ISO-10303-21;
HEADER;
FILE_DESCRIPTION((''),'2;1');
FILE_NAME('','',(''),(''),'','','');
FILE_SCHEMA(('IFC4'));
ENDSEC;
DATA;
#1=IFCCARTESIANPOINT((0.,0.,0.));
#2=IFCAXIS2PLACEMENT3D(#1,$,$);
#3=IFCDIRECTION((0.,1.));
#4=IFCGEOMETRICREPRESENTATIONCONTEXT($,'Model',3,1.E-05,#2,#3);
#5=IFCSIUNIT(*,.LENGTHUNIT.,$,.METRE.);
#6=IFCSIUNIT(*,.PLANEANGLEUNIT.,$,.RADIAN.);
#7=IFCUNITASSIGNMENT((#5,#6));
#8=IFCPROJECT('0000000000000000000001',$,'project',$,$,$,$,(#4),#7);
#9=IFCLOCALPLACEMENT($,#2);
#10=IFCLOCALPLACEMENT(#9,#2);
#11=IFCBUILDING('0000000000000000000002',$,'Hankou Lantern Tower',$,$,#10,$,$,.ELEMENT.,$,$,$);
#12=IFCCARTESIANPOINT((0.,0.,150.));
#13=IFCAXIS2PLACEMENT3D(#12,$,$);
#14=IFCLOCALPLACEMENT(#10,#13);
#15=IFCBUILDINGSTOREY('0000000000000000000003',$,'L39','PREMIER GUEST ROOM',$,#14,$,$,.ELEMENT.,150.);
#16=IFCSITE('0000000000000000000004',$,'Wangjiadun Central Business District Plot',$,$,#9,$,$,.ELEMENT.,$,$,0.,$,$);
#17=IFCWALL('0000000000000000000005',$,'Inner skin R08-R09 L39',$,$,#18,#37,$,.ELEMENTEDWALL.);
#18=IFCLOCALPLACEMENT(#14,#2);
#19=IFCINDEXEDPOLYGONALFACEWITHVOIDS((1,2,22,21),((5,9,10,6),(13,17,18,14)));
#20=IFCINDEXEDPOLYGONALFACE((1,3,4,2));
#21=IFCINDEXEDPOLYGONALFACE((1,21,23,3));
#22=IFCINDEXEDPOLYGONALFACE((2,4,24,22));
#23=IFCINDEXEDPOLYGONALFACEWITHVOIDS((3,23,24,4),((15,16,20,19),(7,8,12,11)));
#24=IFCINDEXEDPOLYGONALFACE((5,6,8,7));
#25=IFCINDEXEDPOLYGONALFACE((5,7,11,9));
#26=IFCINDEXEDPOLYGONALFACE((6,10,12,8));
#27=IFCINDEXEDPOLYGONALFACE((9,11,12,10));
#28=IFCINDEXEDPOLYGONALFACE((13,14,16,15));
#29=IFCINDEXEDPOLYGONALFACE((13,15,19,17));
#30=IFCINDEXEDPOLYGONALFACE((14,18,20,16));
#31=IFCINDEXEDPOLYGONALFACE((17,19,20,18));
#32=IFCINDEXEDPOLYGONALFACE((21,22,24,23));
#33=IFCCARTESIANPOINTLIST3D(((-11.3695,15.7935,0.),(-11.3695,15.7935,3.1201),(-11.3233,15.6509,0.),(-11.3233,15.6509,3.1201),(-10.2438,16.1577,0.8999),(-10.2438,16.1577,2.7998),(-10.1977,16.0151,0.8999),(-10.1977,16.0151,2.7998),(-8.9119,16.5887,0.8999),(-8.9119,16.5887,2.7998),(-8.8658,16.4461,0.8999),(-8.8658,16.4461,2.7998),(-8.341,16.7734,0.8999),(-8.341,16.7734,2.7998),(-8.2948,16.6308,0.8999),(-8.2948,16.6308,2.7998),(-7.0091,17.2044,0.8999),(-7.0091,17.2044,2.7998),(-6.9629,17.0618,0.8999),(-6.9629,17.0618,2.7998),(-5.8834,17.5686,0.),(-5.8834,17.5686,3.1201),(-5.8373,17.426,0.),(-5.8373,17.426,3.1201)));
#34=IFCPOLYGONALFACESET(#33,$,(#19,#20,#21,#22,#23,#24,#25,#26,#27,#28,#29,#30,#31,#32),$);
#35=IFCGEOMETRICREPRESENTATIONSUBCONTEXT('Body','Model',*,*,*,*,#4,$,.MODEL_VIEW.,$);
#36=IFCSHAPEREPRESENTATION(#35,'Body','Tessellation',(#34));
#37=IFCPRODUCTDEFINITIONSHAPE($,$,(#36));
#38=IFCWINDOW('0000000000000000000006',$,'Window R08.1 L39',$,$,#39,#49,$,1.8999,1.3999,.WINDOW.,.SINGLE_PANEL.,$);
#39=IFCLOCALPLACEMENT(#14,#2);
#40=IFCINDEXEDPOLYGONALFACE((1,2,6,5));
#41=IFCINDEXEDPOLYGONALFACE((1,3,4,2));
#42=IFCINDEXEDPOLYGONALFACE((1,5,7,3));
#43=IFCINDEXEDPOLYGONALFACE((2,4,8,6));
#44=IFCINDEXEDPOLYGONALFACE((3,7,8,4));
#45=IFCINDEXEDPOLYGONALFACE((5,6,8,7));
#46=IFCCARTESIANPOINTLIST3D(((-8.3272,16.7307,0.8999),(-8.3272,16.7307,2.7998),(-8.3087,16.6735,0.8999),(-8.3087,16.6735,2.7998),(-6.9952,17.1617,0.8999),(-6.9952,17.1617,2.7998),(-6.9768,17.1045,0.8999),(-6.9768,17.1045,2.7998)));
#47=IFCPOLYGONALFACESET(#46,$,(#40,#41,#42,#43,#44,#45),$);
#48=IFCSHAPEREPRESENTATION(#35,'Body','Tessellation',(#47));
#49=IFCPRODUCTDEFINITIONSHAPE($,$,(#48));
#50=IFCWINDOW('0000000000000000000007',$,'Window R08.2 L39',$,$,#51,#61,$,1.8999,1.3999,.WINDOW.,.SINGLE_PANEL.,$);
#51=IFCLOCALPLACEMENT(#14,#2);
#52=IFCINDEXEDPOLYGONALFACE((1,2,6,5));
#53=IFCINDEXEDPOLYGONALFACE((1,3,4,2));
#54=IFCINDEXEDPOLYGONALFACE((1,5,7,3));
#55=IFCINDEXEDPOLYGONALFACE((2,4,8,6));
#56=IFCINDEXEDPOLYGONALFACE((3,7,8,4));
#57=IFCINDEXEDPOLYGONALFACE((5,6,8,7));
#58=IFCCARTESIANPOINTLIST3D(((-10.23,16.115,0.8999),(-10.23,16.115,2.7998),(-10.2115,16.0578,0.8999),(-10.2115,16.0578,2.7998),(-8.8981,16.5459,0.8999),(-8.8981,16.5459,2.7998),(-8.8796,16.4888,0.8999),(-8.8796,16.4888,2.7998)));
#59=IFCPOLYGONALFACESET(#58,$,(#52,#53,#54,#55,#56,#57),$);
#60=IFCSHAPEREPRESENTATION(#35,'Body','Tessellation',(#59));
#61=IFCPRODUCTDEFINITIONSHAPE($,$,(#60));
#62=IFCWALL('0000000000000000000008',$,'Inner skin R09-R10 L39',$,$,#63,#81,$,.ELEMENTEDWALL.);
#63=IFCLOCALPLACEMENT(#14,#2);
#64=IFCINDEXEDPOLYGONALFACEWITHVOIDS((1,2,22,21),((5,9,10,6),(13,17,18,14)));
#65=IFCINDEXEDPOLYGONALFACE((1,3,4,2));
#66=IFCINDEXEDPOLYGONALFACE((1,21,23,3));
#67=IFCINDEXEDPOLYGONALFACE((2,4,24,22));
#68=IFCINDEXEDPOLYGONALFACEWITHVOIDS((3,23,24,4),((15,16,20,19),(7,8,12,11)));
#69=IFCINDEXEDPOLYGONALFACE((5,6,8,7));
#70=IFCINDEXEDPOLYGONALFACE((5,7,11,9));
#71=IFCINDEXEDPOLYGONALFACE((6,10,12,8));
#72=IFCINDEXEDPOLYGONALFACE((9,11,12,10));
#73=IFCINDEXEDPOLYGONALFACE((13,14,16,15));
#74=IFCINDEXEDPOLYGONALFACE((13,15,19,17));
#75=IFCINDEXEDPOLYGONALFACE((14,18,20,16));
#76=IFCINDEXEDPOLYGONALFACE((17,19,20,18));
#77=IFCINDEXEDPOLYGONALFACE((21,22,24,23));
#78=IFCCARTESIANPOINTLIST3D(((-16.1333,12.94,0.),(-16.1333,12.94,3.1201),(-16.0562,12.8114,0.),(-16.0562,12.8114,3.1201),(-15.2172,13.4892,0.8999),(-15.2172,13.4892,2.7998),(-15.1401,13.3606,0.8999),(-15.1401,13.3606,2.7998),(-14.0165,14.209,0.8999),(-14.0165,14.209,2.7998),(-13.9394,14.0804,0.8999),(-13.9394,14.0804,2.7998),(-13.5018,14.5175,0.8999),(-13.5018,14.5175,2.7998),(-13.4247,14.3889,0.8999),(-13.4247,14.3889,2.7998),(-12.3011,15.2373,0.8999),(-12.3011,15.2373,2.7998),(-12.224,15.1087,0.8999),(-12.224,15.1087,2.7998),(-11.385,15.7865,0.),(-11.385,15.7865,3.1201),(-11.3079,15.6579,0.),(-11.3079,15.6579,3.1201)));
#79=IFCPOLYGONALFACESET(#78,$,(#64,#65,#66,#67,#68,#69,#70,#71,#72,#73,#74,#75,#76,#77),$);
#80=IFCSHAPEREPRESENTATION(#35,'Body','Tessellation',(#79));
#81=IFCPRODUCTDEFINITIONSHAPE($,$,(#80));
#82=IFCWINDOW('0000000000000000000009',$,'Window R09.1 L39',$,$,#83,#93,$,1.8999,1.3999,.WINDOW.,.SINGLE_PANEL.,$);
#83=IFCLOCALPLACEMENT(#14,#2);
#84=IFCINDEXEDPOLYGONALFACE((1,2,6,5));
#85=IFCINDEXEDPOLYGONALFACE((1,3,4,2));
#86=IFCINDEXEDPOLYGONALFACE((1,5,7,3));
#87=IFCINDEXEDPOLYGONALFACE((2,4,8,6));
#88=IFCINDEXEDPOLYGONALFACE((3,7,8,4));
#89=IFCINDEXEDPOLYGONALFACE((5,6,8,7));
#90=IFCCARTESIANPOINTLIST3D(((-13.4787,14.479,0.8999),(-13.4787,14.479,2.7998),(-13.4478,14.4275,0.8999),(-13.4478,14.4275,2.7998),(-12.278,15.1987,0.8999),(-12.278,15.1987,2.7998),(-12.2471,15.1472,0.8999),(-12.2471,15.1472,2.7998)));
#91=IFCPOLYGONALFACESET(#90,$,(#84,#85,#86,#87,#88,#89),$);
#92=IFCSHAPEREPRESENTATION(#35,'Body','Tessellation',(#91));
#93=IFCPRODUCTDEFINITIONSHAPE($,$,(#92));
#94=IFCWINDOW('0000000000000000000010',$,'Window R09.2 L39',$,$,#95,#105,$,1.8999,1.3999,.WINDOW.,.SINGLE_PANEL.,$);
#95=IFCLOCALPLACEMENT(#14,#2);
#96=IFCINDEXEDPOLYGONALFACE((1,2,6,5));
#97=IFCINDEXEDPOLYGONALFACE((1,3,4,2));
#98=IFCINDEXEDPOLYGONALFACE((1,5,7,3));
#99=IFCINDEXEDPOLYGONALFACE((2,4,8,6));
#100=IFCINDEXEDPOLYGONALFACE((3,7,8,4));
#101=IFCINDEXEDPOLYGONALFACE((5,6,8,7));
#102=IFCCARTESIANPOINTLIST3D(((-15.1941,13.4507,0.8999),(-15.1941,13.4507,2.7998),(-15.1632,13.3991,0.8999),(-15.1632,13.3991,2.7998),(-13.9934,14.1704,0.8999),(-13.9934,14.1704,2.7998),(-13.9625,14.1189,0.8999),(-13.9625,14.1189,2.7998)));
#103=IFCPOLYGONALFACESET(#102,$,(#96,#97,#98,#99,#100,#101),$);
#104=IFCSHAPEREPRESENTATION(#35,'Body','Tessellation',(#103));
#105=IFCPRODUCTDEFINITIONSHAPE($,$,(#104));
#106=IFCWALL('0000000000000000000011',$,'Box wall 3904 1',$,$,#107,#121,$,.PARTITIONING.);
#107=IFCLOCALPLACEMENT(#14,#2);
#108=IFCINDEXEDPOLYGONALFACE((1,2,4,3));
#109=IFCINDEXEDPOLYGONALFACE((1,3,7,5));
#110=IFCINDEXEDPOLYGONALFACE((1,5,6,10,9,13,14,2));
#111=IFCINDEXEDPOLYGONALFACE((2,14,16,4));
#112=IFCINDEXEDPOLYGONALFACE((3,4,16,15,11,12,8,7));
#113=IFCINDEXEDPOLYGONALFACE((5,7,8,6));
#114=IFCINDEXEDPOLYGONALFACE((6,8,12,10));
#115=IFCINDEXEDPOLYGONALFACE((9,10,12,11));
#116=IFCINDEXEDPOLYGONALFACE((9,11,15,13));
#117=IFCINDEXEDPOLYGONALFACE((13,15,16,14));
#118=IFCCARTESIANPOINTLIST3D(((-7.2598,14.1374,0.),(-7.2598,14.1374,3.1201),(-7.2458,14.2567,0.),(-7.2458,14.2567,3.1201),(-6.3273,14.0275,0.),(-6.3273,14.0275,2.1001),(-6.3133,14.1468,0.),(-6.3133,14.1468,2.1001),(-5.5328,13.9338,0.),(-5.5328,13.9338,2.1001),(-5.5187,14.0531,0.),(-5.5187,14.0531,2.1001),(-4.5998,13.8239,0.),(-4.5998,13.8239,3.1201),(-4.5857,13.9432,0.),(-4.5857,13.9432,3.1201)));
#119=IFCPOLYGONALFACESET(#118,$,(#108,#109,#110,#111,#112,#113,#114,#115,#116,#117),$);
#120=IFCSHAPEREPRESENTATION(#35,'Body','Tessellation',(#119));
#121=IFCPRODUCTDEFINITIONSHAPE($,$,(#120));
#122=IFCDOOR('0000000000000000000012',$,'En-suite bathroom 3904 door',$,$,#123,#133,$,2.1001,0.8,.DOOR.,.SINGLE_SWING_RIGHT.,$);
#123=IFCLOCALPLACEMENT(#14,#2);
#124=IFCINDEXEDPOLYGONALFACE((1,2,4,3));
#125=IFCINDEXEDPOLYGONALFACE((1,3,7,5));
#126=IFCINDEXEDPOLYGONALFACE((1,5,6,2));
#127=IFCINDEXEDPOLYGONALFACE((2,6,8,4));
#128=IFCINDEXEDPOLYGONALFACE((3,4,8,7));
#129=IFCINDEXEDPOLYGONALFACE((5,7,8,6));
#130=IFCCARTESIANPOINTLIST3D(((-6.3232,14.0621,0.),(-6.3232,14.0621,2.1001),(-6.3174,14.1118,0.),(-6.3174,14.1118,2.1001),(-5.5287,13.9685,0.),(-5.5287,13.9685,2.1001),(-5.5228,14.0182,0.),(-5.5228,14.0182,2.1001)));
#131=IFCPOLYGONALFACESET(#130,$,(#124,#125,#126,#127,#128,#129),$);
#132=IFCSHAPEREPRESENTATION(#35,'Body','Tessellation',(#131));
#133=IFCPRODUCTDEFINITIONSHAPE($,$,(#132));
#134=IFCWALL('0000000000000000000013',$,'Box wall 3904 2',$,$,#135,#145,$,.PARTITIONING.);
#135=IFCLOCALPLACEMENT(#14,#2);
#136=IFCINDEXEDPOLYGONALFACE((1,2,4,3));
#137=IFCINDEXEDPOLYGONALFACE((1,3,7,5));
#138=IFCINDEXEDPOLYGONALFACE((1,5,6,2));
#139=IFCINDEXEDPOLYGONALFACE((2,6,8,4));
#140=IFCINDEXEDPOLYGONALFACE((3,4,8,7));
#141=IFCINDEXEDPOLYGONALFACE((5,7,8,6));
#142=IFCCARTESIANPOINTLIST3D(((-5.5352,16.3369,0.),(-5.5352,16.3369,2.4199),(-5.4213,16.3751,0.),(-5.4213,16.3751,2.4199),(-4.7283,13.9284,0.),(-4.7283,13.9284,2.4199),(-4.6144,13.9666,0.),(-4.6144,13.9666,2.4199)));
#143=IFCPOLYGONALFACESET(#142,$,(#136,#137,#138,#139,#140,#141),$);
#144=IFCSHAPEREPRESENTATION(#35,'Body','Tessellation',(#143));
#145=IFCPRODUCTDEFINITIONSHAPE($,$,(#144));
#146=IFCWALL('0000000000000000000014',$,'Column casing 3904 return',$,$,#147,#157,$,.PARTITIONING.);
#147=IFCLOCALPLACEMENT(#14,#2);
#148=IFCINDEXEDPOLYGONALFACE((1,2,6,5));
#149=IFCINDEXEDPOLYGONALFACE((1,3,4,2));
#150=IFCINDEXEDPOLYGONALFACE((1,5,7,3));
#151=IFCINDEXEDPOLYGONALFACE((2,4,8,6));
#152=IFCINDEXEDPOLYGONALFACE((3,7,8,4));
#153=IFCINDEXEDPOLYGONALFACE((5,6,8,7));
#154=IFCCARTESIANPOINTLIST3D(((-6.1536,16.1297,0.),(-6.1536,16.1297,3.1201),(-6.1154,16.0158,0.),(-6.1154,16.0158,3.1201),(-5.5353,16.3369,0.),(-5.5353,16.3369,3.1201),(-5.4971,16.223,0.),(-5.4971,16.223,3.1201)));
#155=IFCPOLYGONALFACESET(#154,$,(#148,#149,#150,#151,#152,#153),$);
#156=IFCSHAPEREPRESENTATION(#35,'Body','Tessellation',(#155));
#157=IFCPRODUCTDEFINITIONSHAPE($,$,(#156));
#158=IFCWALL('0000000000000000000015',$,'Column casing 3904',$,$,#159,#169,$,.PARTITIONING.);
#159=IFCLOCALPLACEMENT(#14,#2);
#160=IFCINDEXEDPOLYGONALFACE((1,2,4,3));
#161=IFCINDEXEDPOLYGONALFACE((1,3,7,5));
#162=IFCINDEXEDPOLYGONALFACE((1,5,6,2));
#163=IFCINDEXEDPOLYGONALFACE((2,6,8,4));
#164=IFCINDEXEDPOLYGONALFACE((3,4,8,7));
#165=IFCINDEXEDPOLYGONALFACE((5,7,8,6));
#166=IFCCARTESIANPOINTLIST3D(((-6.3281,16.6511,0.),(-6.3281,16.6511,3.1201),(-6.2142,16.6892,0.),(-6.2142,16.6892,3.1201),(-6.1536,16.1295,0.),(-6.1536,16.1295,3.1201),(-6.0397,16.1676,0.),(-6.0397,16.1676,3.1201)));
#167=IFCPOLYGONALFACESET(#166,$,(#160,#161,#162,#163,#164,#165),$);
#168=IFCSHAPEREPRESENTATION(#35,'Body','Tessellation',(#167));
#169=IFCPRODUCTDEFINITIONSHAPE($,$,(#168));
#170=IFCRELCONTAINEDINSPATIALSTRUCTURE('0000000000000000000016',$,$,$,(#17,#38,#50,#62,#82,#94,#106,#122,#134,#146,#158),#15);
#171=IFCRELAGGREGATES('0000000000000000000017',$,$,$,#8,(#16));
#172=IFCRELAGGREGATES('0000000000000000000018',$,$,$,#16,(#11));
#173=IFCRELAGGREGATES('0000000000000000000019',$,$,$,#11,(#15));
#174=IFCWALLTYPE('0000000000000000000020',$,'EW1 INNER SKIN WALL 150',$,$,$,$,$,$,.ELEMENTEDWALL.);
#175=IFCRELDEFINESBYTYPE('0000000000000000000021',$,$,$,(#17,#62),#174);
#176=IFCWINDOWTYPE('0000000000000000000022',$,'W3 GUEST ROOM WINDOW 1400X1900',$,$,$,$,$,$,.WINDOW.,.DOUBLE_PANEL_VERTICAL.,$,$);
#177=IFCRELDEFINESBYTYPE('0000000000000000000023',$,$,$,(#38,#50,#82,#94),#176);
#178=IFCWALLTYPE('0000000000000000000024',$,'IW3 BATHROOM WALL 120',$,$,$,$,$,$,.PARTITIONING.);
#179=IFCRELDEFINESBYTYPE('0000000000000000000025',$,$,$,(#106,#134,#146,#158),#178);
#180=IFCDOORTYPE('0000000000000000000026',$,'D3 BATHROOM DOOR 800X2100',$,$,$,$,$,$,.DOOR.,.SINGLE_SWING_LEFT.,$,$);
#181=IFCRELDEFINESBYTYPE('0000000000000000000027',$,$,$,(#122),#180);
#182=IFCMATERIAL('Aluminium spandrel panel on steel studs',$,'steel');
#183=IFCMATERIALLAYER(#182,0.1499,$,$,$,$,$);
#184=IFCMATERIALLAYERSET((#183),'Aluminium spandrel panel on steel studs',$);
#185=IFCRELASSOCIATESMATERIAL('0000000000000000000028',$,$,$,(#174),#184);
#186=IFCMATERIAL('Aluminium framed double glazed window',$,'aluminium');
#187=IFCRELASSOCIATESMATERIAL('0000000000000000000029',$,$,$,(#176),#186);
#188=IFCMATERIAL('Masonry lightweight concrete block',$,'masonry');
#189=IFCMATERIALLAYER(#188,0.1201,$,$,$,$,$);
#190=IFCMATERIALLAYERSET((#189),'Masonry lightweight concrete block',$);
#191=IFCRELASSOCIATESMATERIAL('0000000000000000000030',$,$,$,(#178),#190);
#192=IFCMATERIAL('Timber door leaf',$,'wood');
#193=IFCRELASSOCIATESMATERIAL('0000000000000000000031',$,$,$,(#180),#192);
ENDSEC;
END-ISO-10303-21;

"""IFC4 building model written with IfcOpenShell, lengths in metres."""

from ifc_helpers import new_model, si_unit, direction, frame, frame_2d, origin, place, context, subcontext, project, spatial, rectangle, extrude, material, layer, layer_set, type_object, element, fill, save


model = new_model("IFC4")

# Units and contexts
model_context = context("Model", 3, precision=1e-05, world=origin(), true_north=direction((0.0, 1.0)))
body_context = subcontext(model_context, "Body", "Model", "MODEL_VIEW")
ifc_project = project(units=[si_unit("LENGTHUNIT", "METRE"), si_unit("PLANEANGLEUNIT", "RADIAN")], contexts=[model_context])

# Site, building, storey
site_placement = place(None, origin())
site = spatial("IfcSite", under=ifc_project, at=site_placement, Name="Wangjiadun Central Business District Plot", CompositionType="ELEMENT", RefElevation=0.0)
building_placement = place(site_placement, origin())
building = spatial("IfcBuilding", under=site, at=building_placement, Name="Hankou Lantern Tower", CompositionType="ELEMENT")
storey_placement = place(building_placement, frame((0.0, 0.0, 150.0)))
storey = spatial("IfcBuildingStorey", under=building, at=storey_placement, Name="L39", Description="PREMIER GUEST ROOM", CompositionType="ELEMENT", Elevation=150.0)

# Walls, openings, windows
ifc_material_1 = material(Name="Aluminium spandrel panel on steel studs", Category="steel")
ifc_layer_1 = layer(ifc_material_1, 0.1499)
ifc_layer_set_1 = layer_set([ifc_layer_1], Name="Aluminium spandrel panel on steel studs")
wall_type_1 = type_object("IfcWallType", Name="EW1 INNER SKIN WALL 150", PredefinedType="ELEMENTEDWALL", material=ifc_layer_set_1)
wall_1_placement = place(storey_placement, frame((-5.8604, 17.4973, 0.0), z_axis=(0.0, 0.0, 1.0), x_axis=(-0.951432, -0.307857, 0.0)))
wall_1 = element("IfcWall", 1, at=wall_1_placement, inside=storey, type_object=wall_type_1, Name="Inner skin R08-R09 L39", PredefinedType="ELEMENTEDWALL", context=body_context, shape_type="SweptSolid", body=[
    extrude(rectangle(XDim=5.7661, YDim=0.1499, at=frame_2d((2.8831, 0.0))), origin(), (0.0, 0.0, 1.0), 3.1201),
])
opening_1_placement = place(wall_1_placement, frame((1.1831, 0.0, 0.8999)))
opening_1 = element("IfcOpeningElement", 2, at=opening_1_placement, cuts=wall_1, PredefinedType="OPENING", context=body_context, shape_type="SweptSolid", body=[
    extrude(rectangle(XDim=1.3999, YDim=1.8999, at=frame_2d((0.7, 0.95))), frame((0.0, 0.085, 0.0), z_axis=(0.0, -1.0, 0.0), x_axis=(1.0, 0.0, 0.0)), (0.0, 0.0, 1.0), 0.1699),
])
opening_2_placement = place(wall_1_placement, frame((3.1831, 0.0, 0.8999)))
opening_2 = element("IfcOpeningElement", 3, at=opening_2_placement, cuts=wall_1, PredefinedType="OPENING", context=body_context, shape_type="SweptSolid", body=[
    extrude(rectangle(XDim=1.3999, YDim=1.8999, at=frame_2d((0.7, 0.95))), frame((0.0, 0.085, 0.0), z_axis=(0.0, -1.0, 0.0), x_axis=(1.0, 0.0, 0.0)), (0.0, 0.0, 1.0), 0.1699),
])
ifc_material_2 = material(Name="Aluminium framed double glazed window", Category="aluminium")
window_type = type_object("IfcWindowType", Name="W3 GUEST ROOM WINDOW 1400X1900", PartitioningType="DOUBLE_PANEL_VERTICAL", PredefinedType="WINDOW", material=ifc_material_2)
window_1_placement = place(opening_1_placement, origin())
window_1 = element("IfcWindow", 4, at=window_1_placement, inside=storey, type_object=window_type, Name="Window R08.1 L39", OverallHeight=1.8999, OverallWidth=1.3999, PartitioningType="SINGLE_PANEL", PredefinedType="WINDOW", context=body_context, shape_type="SweptSolid", body=[
    extrude(rectangle(XDim=1.3999, YDim=1.8999, at=frame_2d((0.7, 0.95))), frame((0.0, 0.03, 0.0), z_axis=(0.0, -1.0, 0.0), x_axis=(1.0, 0.0, 0.0)), (0.0, 0.0, 1.0), 0.0601),
])
fill(opening_1, window_1)
window_2_placement = place(opening_2_placement, origin())
window_2 = element("IfcWindow", 5, at=window_2_placement, inside=storey, type_object=window_type, Name="Window R08.2 L39", OverallHeight=1.8999, OverallWidth=1.3999, PartitioningType="SINGLE_PANEL", PredefinedType="WINDOW", context=body_context, shape_type="SweptSolid", body=[
    extrude(rectangle(XDim=1.3999, YDim=1.8999, at=frame_2d((0.7, 0.95))), frame((0.0, 0.03, 0.0), z_axis=(0.0, -1.0, 0.0), x_axis=(1.0, 0.0, 0.0)), (0.0, 0.0, 1.0), 0.0601),
])
fill(opening_2, window_2)
wall_2_placement = place(storey_placement, frame((-11.3464, 15.7222, 0.0), z_axis=(0.0, 0.0, 1.0), x_axis=(-0.857695, -0.514158, 0.0)))
wall_2 = element("IfcWall", 6, at=wall_2_placement, inside=storey, type_object=wall_type_1, Name="Inner skin R09-R10 L39", PredefinedType="ELEMENTEDWALL", context=body_context, shape_type="SweptSolid", body=[
    extrude(rectangle(XDim=5.5361, YDim=0.1499, at=frame_2d((2.7681, 0.0))), origin(), (0.0, 0.0, 1.0), 3.1201),
])
opening_3_placement = place(wall_2_placement, frame((1.0681, 0.0, 0.8999)))
opening_3 = element("IfcOpeningElement", 7, at=opening_3_placement, cuts=wall_2, PredefinedType="OPENING", context=body_context, shape_type="SweptSolid", body=[
    extrude(rectangle(XDim=1.3999, YDim=1.8999, at=frame_2d((0.7, 0.95))), frame((0.0, 0.085, 0.0), z_axis=(0.0, -1.0, 0.0), x_axis=(1.0, 0.0, 0.0)), (0.0, 0.0, 1.0), 0.1699),
])
opening_4_placement = place(wall_2_placement, frame((3.0681, 0.0, 0.8999)))
opening_4 = element("IfcOpeningElement", 8, at=opening_4_placement, cuts=wall_2, PredefinedType="OPENING", context=body_context, shape_type="SweptSolid", body=[
    extrude(rectangle(XDim=1.3999, YDim=1.8999, at=frame_2d((0.7, 0.95))), frame((0.0, 0.085, 0.0), z_axis=(0.0, -1.0, 0.0), x_axis=(1.0, 0.0, 0.0)), (0.0, 0.0, 1.0), 0.1699),
])
window_3_placement = place(opening_3_placement, origin())
window_3 = element("IfcWindow", 9, at=window_3_placement, inside=storey, type_object=window_type, Name="Window R09.1 L39", OverallHeight=1.8999, OverallWidth=1.3999, PartitioningType="SINGLE_PANEL", PredefinedType="WINDOW", context=body_context, shape_type="SweptSolid", body=[
    extrude(rectangle(XDim=1.3999, YDim=1.8999, at=frame_2d((0.7, 0.95))), frame((0.0, 0.03, 0.0), z_axis=(0.0, -1.0, 0.0), x_axis=(1.0, 0.0, 0.0)), (0.0, 0.0, 1.0), 0.0601),
])
fill(opening_3, window_3)
window_4_placement = place(opening_4_placement, origin())
window_4 = element("IfcWindow", 10, at=window_4_placement, inside=storey, type_object=window_type, Name="Window R09.2 L39", OverallHeight=1.8999, OverallWidth=1.3999, PartitioningType="SINGLE_PANEL", PredefinedType="WINDOW", context=body_context, shape_type="SweptSolid", body=[
    extrude(rectangle(XDim=1.3999, YDim=1.8999, at=frame_2d((0.7, 0.95))), frame((0.0, 0.03, 0.0), z_axis=(0.0, -1.0, 0.0), x_axis=(1.0, 0.0, 0.0)), (0.0, 0.0, 1.0), 0.0601),
])
fill(opening_4, window_4)

# Wall, opening, door
ifc_material_3 = material(Name="Masonry lightweight concrete block", Category="masonry")
ifc_layer_2 = layer(ifc_material_3, 0.1201)
ifc_layer_set_2 = layer_set([ifc_layer_2], Name="Masonry lightweight concrete block")
wall_type_2 = type_object("IfcWallType", Name="IW3 BATHROOM WALL 120", PredefinedType="PARTITIONING", material=ifc_layer_set_2)
wall_3_placement = place(storey_placement, frame((-7.2529, 14.197, 0.0), z_axis=(0.0, 0.0, 1.0), x_axis=(0.993128, -0.117032, 0.0)))
wall_3 = element("IfcWall", 11, at=wall_3_placement, inside=storey, type_object=wall_type_2, Name="Box wall 3904 1", PredefinedType="PARTITIONING", context=body_context, shape_type="SweptSolid", body=[
    extrude(rectangle(XDim=2.6785, YDim=0.1201, at=frame_2d((1.3394, 0.0))), origin(), (0.0, 0.0, 1.0), 3.1201),
])
opening_5_placement = place(wall_3_placement, frame((0.9392, 0.0, 0.0)))
opening_5 = element("IfcOpeningElement", 12, at=opening_5_placement, cuts=wall_3, PredefinedType="OPENING", context=body_context, shape_type="SweptSolid", body=[
    extrude(rectangle(XDim=0.8, YDim=2.1001, at=frame_2d((0.3999, 1.05))), frame((0.0, 0.0701, 0.0), z_axis=(0.0, -1.0, 0.0), x_axis=(1.0, 0.0, 0.0)), (0.0, 0.0, 1.0), 0.1401),
])
ifc_material_4 = material(Name="Timber door leaf", Category="wood")
door_type = type_object("IfcDoorType", Name="D3 BATHROOM DOOR 800X2100", OperationType="SINGLE_SWING_LEFT", PredefinedType="DOOR", material=ifc_material_4)
door_placement = place(opening_5_placement, origin())
door = element("IfcDoor", 13, at=door_placement, inside=storey, type_object=door_type, Name="En-suite bathroom 3904 door", OperationType="SINGLE_SWING_RIGHT", OverallHeight=2.1001, OverallWidth=0.8, PredefinedType="DOOR", context=body_context, shape_type="SweptSolid", body=[
    extrude(rectangle(XDim=0.8, YDim=2.1001, at=frame_2d((0.3999, 1.05))), frame((0.0, 0.0249, 0.0), z_axis=(0.0, -1.0, 0.0), x_axis=(1.0, 0.0, 0.0)), (0.0, 0.0, 1.0), 0.05),
])
fill(opening_5, door)

# Walls
wall_4_placement = place(storey_placement, frame((-4.6714, 13.9475, 0.0), z_axis=(0.0, 0.0, 1.0), x_axis=(-0.317669, 0.948202, 0.0)))
element("IfcWall", 14, at=wall_4_placement, inside=storey, type_object=wall_type_2, Name="Box wall 3904 2", PredefinedType="PARTITIONING", context=body_context, shape_type="SweptSolid", body=[
    extrude(rectangle(XDim=2.54, YDim=0.1201, at=frame_2d((1.27, 0.0))), origin(), (0.0, 0.0, 1.0), 2.4199),
])
wall_5_placement = place(storey_placement, frame((-5.5161, 16.28, 0.0), z_axis=(0.0, 0.0, 1.0), x_axis=(-0.948158, -0.317799, 0.0)))
element("IfcWall", 15, at=wall_5_placement, inside=storey, type_object=wall_type_2, Name="Column casing 3904 return", PredefinedType="PARTITIONING", context=body_context, shape_type="SweptSolid", body=[
    extrude(rectangle(XDim=0.6521, YDim=0.1201, at=frame_2d((0.3262, 0.0))), origin(), (0.0, 0.0, 1.0), 3.1201),
])
wall_6_placement = place(storey_placement, frame((-6.0967, 16.1487, 0.0), z_axis=(0.0, 0.0, 1.0), x_axis=(-0.317293, 0.948328, 0.0)))
element("IfcWall", 16, at=wall_6_placement, inside=storey, type_object=wall_type_2, Name="Column casing 3904", PredefinedType="PARTITIONING", context=body_context, shape_type="SweptSolid", body=[
    extrude(rectangle(XDim=0.55, YDim=0.1201, at=frame_2d((0.2749, 0.0))), origin(), (0.0, 0.0, 1.0), 3.1201),
])

save(model, "model.ifc")
